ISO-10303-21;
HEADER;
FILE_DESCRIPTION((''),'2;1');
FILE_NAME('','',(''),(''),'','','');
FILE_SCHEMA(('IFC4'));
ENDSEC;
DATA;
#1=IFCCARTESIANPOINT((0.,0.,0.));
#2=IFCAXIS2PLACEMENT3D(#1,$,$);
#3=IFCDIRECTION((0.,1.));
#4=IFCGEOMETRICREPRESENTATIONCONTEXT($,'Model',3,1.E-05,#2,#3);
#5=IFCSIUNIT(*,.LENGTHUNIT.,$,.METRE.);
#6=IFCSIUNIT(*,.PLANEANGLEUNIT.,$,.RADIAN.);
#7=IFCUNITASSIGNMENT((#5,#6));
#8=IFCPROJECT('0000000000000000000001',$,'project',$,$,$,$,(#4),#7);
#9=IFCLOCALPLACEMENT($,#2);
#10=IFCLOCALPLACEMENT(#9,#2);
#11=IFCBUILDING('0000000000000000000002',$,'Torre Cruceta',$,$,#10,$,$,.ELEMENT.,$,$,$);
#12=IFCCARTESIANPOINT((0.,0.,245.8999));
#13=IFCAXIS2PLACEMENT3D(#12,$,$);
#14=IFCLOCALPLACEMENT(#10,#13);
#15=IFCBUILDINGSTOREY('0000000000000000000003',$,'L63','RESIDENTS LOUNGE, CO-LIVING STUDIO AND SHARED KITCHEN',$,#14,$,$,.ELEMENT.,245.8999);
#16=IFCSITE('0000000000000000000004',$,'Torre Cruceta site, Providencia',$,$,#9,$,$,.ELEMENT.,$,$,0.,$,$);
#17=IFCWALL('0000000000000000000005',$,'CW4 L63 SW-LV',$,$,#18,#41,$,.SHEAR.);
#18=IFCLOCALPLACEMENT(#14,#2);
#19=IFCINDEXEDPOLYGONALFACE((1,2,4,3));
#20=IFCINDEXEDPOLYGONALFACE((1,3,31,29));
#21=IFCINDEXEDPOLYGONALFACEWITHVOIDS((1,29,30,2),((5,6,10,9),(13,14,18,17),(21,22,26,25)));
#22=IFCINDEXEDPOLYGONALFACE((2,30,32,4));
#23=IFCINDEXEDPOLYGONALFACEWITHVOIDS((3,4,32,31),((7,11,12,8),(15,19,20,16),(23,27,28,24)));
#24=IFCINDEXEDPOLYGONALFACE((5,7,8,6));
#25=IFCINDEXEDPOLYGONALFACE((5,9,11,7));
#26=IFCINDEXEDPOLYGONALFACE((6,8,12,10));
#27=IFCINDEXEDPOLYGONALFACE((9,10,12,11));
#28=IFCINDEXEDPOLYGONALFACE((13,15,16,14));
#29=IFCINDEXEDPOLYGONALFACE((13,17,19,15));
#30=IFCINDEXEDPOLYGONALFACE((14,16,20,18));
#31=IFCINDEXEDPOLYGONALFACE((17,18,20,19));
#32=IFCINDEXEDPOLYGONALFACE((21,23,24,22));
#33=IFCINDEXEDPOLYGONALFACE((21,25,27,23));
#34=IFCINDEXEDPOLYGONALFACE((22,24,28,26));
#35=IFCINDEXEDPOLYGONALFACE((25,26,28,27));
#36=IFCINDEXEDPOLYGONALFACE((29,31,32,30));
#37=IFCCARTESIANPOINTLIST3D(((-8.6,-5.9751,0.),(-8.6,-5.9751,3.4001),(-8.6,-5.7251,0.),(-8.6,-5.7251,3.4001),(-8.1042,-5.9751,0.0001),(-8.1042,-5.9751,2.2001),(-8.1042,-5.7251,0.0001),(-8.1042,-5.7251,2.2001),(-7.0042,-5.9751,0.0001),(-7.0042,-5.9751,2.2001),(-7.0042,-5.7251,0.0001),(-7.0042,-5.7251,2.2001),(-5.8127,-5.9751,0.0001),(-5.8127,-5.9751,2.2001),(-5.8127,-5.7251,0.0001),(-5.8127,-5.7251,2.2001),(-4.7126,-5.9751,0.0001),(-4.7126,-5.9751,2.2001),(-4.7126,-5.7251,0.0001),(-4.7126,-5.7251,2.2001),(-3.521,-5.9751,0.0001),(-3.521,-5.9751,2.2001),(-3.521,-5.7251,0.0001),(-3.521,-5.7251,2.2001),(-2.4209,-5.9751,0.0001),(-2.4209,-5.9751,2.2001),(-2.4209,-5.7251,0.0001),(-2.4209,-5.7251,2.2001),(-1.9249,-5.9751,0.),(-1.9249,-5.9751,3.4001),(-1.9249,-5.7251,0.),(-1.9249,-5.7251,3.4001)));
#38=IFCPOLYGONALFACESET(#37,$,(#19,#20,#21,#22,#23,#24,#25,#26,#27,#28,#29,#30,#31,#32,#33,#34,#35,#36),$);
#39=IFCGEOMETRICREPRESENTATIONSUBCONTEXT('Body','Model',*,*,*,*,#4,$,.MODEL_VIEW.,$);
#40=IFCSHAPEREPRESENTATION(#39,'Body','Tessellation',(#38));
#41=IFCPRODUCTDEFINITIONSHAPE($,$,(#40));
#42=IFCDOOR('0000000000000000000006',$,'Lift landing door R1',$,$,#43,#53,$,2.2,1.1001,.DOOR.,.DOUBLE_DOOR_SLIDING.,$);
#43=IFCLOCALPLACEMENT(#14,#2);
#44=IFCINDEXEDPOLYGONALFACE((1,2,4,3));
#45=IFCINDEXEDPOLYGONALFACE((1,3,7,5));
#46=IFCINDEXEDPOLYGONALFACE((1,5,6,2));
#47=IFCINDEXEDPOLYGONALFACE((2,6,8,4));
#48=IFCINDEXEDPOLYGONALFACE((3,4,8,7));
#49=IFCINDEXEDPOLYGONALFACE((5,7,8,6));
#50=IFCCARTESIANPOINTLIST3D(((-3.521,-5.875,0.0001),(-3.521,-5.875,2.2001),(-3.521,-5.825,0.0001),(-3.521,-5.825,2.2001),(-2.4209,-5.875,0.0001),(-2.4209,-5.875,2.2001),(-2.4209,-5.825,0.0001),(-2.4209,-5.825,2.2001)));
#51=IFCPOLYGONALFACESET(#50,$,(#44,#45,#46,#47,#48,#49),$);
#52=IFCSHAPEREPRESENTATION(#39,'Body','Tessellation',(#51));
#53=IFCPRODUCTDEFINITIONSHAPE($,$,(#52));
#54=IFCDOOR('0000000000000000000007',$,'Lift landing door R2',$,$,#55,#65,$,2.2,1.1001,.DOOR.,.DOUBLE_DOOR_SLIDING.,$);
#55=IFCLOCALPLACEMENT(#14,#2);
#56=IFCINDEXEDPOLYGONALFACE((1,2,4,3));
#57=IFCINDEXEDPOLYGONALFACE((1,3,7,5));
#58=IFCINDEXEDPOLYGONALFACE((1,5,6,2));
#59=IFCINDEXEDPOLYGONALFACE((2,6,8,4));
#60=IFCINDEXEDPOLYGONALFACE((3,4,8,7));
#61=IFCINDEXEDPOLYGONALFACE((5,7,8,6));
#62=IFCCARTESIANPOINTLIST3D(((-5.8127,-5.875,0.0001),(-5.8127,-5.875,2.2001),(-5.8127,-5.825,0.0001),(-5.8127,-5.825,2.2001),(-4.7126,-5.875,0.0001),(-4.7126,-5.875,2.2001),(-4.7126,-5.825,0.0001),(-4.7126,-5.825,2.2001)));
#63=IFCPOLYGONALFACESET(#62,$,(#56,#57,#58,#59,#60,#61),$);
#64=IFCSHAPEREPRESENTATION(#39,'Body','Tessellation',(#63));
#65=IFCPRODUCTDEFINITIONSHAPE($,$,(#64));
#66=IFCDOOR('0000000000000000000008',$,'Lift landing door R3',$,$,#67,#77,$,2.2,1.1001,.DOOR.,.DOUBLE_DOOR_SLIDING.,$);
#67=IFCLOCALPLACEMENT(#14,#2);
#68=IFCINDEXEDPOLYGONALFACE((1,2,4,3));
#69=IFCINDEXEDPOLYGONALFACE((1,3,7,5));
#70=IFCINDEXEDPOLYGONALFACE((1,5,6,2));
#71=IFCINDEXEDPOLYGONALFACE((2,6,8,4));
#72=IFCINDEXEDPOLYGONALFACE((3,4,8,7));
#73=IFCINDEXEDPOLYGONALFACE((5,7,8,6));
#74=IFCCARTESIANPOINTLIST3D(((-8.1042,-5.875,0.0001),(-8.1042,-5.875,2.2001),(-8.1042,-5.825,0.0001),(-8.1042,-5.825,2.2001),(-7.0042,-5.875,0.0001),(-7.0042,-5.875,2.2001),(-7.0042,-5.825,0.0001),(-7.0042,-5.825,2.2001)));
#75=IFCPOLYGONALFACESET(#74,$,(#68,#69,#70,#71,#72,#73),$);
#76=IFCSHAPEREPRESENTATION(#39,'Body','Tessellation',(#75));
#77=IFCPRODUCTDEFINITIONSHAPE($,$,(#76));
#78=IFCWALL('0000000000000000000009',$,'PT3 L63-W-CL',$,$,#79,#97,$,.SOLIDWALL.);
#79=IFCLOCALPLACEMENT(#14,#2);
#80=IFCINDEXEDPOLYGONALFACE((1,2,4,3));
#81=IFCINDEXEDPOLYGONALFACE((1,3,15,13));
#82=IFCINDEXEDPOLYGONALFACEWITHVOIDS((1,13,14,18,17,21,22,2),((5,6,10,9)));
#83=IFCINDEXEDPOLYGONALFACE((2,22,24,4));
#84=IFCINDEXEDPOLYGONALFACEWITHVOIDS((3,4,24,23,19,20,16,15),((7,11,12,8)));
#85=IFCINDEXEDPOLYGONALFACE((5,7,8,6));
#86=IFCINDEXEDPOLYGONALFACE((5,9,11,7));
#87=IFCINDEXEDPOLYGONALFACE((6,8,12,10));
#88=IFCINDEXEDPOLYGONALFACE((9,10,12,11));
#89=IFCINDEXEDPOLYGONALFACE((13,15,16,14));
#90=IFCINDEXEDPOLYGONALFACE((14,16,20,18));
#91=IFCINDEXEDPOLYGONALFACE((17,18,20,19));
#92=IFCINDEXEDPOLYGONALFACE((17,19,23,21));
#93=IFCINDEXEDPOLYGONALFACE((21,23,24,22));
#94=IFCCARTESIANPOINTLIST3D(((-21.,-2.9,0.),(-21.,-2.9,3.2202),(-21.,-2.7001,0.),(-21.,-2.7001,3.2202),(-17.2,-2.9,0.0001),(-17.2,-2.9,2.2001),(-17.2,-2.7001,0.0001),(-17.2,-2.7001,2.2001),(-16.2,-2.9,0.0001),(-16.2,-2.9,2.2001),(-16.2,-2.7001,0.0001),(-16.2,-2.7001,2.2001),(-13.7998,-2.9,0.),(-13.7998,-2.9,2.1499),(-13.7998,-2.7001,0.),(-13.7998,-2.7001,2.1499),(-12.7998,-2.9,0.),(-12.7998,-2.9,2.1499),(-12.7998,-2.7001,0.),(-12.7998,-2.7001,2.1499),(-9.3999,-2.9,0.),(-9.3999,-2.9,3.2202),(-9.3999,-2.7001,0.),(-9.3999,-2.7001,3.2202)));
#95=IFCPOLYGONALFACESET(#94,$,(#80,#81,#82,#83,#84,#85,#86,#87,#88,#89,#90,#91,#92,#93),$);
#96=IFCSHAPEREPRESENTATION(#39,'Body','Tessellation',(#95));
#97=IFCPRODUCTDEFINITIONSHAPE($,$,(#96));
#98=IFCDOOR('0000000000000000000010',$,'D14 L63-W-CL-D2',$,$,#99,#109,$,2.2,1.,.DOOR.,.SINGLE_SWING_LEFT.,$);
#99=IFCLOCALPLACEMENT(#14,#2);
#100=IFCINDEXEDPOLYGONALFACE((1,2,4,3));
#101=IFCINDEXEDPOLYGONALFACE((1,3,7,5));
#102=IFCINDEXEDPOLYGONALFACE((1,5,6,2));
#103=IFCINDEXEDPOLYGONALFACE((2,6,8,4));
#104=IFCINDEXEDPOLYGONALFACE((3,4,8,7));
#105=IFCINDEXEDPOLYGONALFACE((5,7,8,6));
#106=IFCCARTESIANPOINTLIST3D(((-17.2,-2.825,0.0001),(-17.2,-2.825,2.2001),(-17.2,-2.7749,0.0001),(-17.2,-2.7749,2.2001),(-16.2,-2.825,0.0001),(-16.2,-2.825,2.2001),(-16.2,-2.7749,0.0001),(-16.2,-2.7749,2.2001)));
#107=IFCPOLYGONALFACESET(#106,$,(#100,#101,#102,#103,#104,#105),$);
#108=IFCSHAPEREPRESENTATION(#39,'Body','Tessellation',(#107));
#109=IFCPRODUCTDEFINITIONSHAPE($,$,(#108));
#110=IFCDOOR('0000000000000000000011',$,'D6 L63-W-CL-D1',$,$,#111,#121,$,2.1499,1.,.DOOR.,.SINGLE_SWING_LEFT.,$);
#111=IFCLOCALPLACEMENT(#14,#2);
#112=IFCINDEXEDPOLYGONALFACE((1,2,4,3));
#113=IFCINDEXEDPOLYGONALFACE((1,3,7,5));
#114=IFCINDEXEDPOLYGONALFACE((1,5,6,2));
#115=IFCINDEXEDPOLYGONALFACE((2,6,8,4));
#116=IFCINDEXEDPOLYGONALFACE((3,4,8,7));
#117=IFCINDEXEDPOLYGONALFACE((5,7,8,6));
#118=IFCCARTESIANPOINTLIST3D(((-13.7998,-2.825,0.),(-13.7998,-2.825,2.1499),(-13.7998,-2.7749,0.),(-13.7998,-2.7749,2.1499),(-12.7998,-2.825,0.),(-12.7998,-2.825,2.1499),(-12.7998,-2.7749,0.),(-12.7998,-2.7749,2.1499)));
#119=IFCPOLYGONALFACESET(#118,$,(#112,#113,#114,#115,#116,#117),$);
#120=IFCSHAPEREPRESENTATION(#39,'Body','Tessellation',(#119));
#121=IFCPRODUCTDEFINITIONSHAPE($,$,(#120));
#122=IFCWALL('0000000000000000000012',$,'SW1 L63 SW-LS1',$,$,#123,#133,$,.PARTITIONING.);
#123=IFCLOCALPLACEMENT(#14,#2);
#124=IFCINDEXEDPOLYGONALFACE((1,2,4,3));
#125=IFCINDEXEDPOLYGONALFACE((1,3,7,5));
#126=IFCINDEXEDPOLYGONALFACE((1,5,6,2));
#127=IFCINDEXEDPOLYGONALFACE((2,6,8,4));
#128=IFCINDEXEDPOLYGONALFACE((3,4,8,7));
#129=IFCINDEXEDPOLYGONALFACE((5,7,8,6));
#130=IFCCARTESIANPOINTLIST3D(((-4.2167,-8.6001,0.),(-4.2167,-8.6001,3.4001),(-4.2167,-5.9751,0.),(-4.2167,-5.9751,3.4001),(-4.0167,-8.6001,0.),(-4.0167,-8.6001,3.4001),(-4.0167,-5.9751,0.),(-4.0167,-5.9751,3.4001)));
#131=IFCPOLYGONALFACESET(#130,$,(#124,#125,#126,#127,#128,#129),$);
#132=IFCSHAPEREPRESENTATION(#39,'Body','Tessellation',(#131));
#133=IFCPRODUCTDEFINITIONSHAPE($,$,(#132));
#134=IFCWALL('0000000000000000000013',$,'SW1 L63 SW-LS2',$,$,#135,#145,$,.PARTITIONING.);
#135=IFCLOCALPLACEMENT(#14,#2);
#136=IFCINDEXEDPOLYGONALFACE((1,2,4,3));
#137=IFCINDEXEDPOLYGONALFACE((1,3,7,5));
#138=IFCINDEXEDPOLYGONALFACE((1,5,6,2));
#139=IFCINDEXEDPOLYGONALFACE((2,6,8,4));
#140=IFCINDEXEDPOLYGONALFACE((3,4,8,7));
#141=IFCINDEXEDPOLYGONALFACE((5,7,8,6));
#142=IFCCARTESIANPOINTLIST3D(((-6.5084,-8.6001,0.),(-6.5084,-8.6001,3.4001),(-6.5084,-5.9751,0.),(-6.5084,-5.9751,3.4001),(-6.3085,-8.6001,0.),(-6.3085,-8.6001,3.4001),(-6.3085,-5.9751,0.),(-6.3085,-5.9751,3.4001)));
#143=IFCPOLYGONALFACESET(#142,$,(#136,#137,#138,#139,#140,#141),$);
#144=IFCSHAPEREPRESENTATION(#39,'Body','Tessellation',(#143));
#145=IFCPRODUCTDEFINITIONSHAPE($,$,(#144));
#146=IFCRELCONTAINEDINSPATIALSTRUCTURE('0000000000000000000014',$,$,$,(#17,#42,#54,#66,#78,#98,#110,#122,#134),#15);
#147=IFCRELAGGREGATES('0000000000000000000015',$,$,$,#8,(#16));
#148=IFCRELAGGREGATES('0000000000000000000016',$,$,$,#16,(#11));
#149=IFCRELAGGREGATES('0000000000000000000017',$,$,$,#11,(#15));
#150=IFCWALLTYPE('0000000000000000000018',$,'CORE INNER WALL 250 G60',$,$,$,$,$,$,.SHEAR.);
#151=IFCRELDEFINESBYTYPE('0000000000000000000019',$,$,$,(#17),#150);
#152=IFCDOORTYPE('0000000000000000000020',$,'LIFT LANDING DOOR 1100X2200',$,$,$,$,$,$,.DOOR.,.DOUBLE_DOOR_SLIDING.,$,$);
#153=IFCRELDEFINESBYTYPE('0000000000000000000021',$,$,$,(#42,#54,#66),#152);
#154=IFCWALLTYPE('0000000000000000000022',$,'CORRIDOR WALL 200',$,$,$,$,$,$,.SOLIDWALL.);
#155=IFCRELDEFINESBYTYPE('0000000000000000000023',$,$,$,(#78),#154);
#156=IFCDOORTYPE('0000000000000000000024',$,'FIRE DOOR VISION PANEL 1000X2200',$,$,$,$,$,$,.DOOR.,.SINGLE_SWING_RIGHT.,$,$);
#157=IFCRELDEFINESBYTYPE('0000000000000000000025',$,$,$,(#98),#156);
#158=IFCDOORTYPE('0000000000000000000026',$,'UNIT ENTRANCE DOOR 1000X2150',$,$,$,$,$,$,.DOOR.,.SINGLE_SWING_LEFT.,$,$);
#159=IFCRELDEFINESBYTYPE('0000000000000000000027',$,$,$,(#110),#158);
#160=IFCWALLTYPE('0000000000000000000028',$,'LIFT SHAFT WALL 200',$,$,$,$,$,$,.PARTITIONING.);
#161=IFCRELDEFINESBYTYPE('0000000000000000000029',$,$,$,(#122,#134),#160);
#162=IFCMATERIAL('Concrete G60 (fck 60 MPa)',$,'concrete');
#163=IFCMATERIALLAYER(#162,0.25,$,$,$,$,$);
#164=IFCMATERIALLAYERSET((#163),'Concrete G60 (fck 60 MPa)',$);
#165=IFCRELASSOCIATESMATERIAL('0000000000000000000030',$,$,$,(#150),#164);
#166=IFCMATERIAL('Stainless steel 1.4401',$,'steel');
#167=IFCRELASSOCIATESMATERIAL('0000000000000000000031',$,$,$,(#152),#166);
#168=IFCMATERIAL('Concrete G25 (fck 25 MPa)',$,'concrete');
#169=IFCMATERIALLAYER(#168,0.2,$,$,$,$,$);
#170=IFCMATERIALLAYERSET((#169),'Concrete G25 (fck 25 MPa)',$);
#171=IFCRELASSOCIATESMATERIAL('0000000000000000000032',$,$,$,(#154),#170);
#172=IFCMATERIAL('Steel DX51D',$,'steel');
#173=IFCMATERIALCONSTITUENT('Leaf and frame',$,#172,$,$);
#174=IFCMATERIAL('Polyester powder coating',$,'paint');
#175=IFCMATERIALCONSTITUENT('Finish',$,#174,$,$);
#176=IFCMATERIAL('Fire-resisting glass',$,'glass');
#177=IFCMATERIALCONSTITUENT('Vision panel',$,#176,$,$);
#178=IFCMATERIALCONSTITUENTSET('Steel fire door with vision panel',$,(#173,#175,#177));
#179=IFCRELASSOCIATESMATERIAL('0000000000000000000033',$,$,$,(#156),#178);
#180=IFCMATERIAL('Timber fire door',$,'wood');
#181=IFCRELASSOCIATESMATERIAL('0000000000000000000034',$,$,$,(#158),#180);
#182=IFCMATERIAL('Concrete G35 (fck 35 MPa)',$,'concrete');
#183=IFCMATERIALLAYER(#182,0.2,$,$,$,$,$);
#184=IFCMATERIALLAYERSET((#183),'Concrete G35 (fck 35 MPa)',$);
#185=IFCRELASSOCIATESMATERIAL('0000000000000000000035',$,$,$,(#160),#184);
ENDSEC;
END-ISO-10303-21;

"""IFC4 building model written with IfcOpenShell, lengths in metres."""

from ifc_helpers import new_model, si_unit, direction, frame, frame_2d, origin, place, context, subcontext, project, spatial, rectangle, extrude, material, layer, layer_set, constituent, constituent_set, type_object, element, fill, save


model = new_model("IFC4")

# Units and contexts
model_context = context("Model", 3, precision=1e-05, world=origin(), true_north=direction((0.0, 1.0)))
body_context = subcontext(model_context, "Body", "Model", "MODEL_VIEW")
ifc_project = project(units=[si_unit("LENGTHUNIT", "METRE"), si_unit("PLANEANGLEUNIT", "RADIAN")], contexts=[model_context])

# Site, building, storey
site_placement = place(None, origin())
site = spatial("IfcSite", under=ifc_project, at=site_placement, Name="Torre Cruceta site, Providencia", CompositionType="ELEMENT", RefElevation=0.0)
building_placement = place(site_placement, origin())
building = spatial("IfcBuilding", under=site, at=building_placement, Name="Torre Cruceta", CompositionType="ELEMENT")
storey_placement = place(building_placement, frame((0.0, 0.0, 245.8999)))
storey = spatial("IfcBuildingStorey", under=building, at=storey_placement, Name="L63", Description="RESIDENTS LOUNGE, CO-LIVING STUDIO AND SHARED KITCHEN", CompositionType="ELEMENT", Elevation=245.8999)

# Shared definitions
ifc_material_1 = material(Name="Concrete G60 (fck 60 MPa)", Category="concrete")
ifc_layer_1 = layer(ifc_material_1, 0.25)
ifc_layer_set_1 = layer_set([ifc_layer_1], Name="Concrete G60 (fck 60 MPa)")
wall_type_1 = type_object("IfcWallType", Name="CORE INNER WALL 250 G60", PredefinedType="SHEAR", material=ifc_layer_set_1)

# Wall, openings, doors
wall_1_placement = place(storey_placement, frame((-1.925, -5.8501, 0.0), z_axis=(0.0, 0.0, 1.0), x_axis=(-1.0, 0.0, 0.0)))
wall_1 = element("IfcWall", 1, at=wall_1_placement, inside=storey, type_object=wall_type_1, Name="CW4 L63 SW-LV", PredefinedType="SHEAR", context=body_context, shape_type="SweptSolid", body=[
    extrude(rectangle(XDim=6.675, YDim=0.25, at=frame_2d((3.3374, 0.0))), origin(), (0.0, 0.0, 1.0), 3.4001),
])
opening_1_placement = place(wall_1_placement, frame((0.4958, 0.0, 0.0)))
opening_1 = element("IfcOpeningElement", 2, at=opening_1_placement, cuts=wall_1, PredefinedType="OPENING", context=body_context, shape_type="SweptSolid", body=[
    extrude(rectangle(XDim=1.1001, YDim=2.2, at=frame_2d((0.55, 1.1001))), frame((0.0, 0.135, 0.0), z_axis=(0.0, -1.0, 0.0), x_axis=(1.0, 0.0, 0.0)), (0.0, 0.0, 1.0), 0.27),
])
opening_2_placement = place(wall_1_placement, frame((2.7876, 0.0, 0.0)))
opening_2 = element("IfcOpeningElement", 3, at=opening_2_placement, cuts=wall_1, PredefinedType="OPENING", context=body_context, shape_type="SweptSolid", body=[
    extrude(rectangle(XDim=1.1001, YDim=2.2, at=frame_2d((0.55, 1.1001))), frame((0.0, 0.135, 0.0), z_axis=(0.0, -1.0, 0.0), x_axis=(1.0, 0.0, 0.0)), (0.0, 0.0, 1.0), 0.27),
])
opening_3_placement = place(wall_1_placement, frame((5.0791, 0.0, 0.0)))
opening_3 = element("IfcOpeningElement", 4, at=opening_3_placement, cuts=wall_1, PredefinedType="OPENING", context=body_context, shape_type="SweptSolid", body=[
    extrude(rectangle(XDim=1.1001, YDim=2.2, at=frame_2d((0.55, 1.1001))), frame((0.0, 0.135, 0.0), z_axis=(0.0, -1.0, 0.0), x_axis=(1.0, 0.0, 0.0)), (0.0, 0.0, 1.0), 0.27),
])
ifc_material_2 = material(Name="Stainless steel 1.4401", Category="steel")
door_type_1 = type_object("IfcDoorType", Name="LIFT LANDING DOOR 1100X2200", OperationType="DOUBLE_DOOR_SLIDING", PredefinedType="DOOR", material=ifc_material_2)
door_1_placement = place(opening_1_placement, origin())
door_1 = element("IfcDoor", 5, at=door_1_placement, inside=storey, type_object=door_type_1, Name="Lift landing door R1", OperationType="DOUBLE_DOOR_SLIDING", OverallHeight=2.2, OverallWidth=1.1001, PredefinedType="DOOR", context=body_context, shape_type="SweptSolid", body=[
    extrude(rectangle(XDim=1.1001, YDim=2.2, at=frame_2d((0.55, 1.1001))), frame((0.0, 0.0249, 0.0), z_axis=(0.0, -1.0, 0.0), x_axis=(1.0, 0.0, 0.0)), (0.0, 0.0, 1.0), 0.05),
])
fill(opening_1, door_1)
door_2_placement = place(opening_2_placement, origin())
door_2 = element("IfcDoor", 6, at=door_2_placement, inside=storey, type_object=door_type_1, Name="Lift landing door R2", OperationType="DOUBLE_DOOR_SLIDING", OverallHeight=2.2, OverallWidth=1.1001, PredefinedType="DOOR", context=body_context, shape_type="SweptSolid", body=[
    extrude(rectangle(XDim=1.1001, YDim=2.2, at=frame_2d((0.55, 1.1001))), frame((0.0, 0.0249, 0.0), z_axis=(0.0, -1.0, 0.0), x_axis=(1.0, 0.0, 0.0)), (0.0, 0.0, 1.0), 0.05),
])
fill(opening_2, door_2)
door_3_placement = place(opening_3_placement, origin())
door_3 = element("IfcDoor", 7, at=door_3_placement, inside=storey, type_object=door_type_1, Name="Lift landing door R3", OperationType="DOUBLE_DOOR_SLIDING", OverallHeight=2.2, OverallWidth=1.1001, PredefinedType="DOOR", context=body_context, shape_type="SweptSolid", body=[
    extrude(rectangle(XDim=1.1001, YDim=2.2, at=frame_2d((0.55, 1.1001))), frame((0.0, 0.0249, 0.0), z_axis=(0.0, -1.0, 0.0), x_axis=(1.0, 0.0, 0.0)), (0.0, 0.0, 1.0), 0.05),
])
fill(opening_3, door_3)

# Wall, openings, doors
ifc_material_3 = material(Name="Concrete G25 (fck 25 MPa)", Category="concrete")
ifc_layer_2 = layer(ifc_material_3, 0.2)
ifc_layer_set_2 = layer_set([ifc_layer_2], Name="Concrete G25 (fck 25 MPa)")
wall_type_2 = type_object("IfcWallType", Name="CORRIDOR WALL 200", PredefinedType="SOLIDWALL", material=ifc_layer_set_2)
wall_2_placement = place(storey_placement, frame((-9.3999, -2.8, 0.0), z_axis=(0.0, 0.0, 1.0), x_axis=(-1.0, 0.0, 0.0)))
wall_2 = element("IfcWall", 8, at=wall_2_placement, inside=storey, type_object=wall_type_2, Name="PT3 L63-W-CL", PredefinedType="SOLIDWALL", context=body_context, shape_type="SweptSolid", body=[
    extrude(rectangle(XDim=11.6001, YDim=0.2, at=frame_2d((5.8, 0.0))), origin(), (0.0, 0.0, 1.0), 3.2202),
])
opening_4_placement = place(wall_2_placement, frame((3.3999, 0.0, 0.0)))
opening_4 = element("IfcOpeningElement", 9, at=opening_4_placement, cuts=wall_2, PredefinedType="OPENING", context=body_context, shape_type="SweptSolid", body=[
    extrude(rectangle(XDim=1.0, YDim=2.1499, at=frame_2d((0.5, 1.075))), frame((0.0, 0.1099, 0.0), z_axis=(0.0, -1.0, 0.0), x_axis=(1.0, 0.0, 0.0)), (0.0, 0.0, 1.0), 0.22),
])
opening_5_placement = place(wall_2_placement, frame((6.8, 0.0, 0.0)))
opening_5 = element("IfcOpeningElement", 10, at=opening_5_placement, cuts=wall_2, PredefinedType="OPENING", context=body_context, shape_type="SweptSolid", body=[
    extrude(rectangle(XDim=1.0, YDim=2.2, at=frame_2d((0.5, 1.1001))), frame((0.0, 0.1099, 0.0), z_axis=(0.0, -1.0, 0.0), x_axis=(1.0, 0.0, 0.0)), (0.0, 0.0, 1.0), 0.22),
])
ifc_material_4 = material(Name="Steel DX51D", Category="steel")
ifc_constituent_1 = constituent(ifc_material_4, Name="Leaf and frame")
ifc_material_5 = material(Name="Polyester powder coating", Category="paint")
ifc_constituent_2 = constituent(ifc_material_5, Name="Finish")
ifc_material_6 = material(Name="Fire-resisting glass", Category="glass")
ifc_constituent_3 = constituent(ifc_material_6, Name="Vision panel")
ifc_constituent_set_1 = constituent_set(constituents=[ifc_constituent_1, ifc_constituent_2, ifc_constituent_3], Name="Steel fire door with vision panel")
door_type_2 = type_object("IfcDoorType", Name="FIRE DOOR VISION PANEL 1000X2200", OperationType="SINGLE_SWING_RIGHT", PredefinedType="DOOR", material=ifc_constituent_set_1)
door_4_placement = place(opening_5_placement, origin())
door_4 = element("IfcDoor", 11, at=door_4_placement, inside=storey, type_object=door_type_2, Name="D14 L63-W-CL-D2", OperationType="SINGLE_SWING_LEFT", OverallHeight=2.2, OverallWidth=1.0, PredefinedType="DOOR", context=body_context, shape_type="SweptSolid", body=[
    extrude(rectangle(XDim=1.0, YDim=2.2, at=frame_2d((0.5, 1.1001))), frame((0.0, 0.0249, 0.0), z_axis=(0.0, -1.0, 0.0), x_axis=(1.0, 0.0, 0.0)), (0.0, 0.0, 1.0), 0.05),
])
fill(opening_5, door_4)
ifc_material_7 = material(Name="Timber fire door", Category="wood")
door_type_3 = type_object("IfcDoorType", Name="UNIT ENTRANCE DOOR 1000X2150", OperationType="SINGLE_SWING_LEFT", PredefinedType="DOOR", material=ifc_material_7)
door_5_placement = place(opening_4_placement, origin())
door_5 = element("IfcDoor", 12, at=door_5_placement, inside=storey, type_object=door_type_3, Name="D6 L63-W-CL-D1", OperationType="SINGLE_SWING_LEFT", OverallHeight=2.1499, OverallWidth=1.0, PredefinedType="DOOR", context=body_context, shape_type="SweptSolid", body=[
    extrude(rectangle(XDim=1.0, YDim=2.1499, at=frame_2d((0.5, 1.075))), frame((0.0, 0.0249, 0.0), z_axis=(0.0, -1.0, 0.0), x_axis=(1.0, 0.0, 0.0)), (0.0, 0.0, 1.0), 0.05),
])
fill(opening_4, door_5)

# Walls
ifc_material_8 = material(Name="Concrete G35 (fck 35 MPa)", Category="concrete")
ifc_layer_3 = layer(ifc_material_8, 0.2)
ifc_layer_set_3 = layer_set([ifc_layer_3], Name="Concrete G35 (fck 35 MPa)")
wall_type_3 = type_object("IfcWallType", Name="LIFT SHAFT WALL 200", PredefinedType="PARTITIONING", material=ifc_layer_set_3)
for number, where, z_axis, x_axis, name in (
    (13, (-4.1167, -5.9751, 0.0), (0.0, 0.0, 1.0), (0.0, -1.0, 0.0), "SW1 L63 SW-LS1"),
    (14, (-6.4084, -5.9751, 0.0), (0.0, 0.0, 1.0), (0.0, -1.0, 0.0), "SW1 L63 SW-LS2"),
):
    element("IfcWall", number, at=place(storey_placement, frame(where, z_axis=z_axis, x_axis=x_axis)), inside=storey, type_object=wall_type_3, Name=name, PredefinedType="PARTITIONING", context=body_context, shape_type="SweptSolid", body=[
        extrude(rectangle(XDim=2.625, YDim=0.2, at=frame_2d((1.3125, 0.0))), origin(), (0.0, 0.0, 1.0), 3.4001),
    ])

save(model, "model.ifc")
